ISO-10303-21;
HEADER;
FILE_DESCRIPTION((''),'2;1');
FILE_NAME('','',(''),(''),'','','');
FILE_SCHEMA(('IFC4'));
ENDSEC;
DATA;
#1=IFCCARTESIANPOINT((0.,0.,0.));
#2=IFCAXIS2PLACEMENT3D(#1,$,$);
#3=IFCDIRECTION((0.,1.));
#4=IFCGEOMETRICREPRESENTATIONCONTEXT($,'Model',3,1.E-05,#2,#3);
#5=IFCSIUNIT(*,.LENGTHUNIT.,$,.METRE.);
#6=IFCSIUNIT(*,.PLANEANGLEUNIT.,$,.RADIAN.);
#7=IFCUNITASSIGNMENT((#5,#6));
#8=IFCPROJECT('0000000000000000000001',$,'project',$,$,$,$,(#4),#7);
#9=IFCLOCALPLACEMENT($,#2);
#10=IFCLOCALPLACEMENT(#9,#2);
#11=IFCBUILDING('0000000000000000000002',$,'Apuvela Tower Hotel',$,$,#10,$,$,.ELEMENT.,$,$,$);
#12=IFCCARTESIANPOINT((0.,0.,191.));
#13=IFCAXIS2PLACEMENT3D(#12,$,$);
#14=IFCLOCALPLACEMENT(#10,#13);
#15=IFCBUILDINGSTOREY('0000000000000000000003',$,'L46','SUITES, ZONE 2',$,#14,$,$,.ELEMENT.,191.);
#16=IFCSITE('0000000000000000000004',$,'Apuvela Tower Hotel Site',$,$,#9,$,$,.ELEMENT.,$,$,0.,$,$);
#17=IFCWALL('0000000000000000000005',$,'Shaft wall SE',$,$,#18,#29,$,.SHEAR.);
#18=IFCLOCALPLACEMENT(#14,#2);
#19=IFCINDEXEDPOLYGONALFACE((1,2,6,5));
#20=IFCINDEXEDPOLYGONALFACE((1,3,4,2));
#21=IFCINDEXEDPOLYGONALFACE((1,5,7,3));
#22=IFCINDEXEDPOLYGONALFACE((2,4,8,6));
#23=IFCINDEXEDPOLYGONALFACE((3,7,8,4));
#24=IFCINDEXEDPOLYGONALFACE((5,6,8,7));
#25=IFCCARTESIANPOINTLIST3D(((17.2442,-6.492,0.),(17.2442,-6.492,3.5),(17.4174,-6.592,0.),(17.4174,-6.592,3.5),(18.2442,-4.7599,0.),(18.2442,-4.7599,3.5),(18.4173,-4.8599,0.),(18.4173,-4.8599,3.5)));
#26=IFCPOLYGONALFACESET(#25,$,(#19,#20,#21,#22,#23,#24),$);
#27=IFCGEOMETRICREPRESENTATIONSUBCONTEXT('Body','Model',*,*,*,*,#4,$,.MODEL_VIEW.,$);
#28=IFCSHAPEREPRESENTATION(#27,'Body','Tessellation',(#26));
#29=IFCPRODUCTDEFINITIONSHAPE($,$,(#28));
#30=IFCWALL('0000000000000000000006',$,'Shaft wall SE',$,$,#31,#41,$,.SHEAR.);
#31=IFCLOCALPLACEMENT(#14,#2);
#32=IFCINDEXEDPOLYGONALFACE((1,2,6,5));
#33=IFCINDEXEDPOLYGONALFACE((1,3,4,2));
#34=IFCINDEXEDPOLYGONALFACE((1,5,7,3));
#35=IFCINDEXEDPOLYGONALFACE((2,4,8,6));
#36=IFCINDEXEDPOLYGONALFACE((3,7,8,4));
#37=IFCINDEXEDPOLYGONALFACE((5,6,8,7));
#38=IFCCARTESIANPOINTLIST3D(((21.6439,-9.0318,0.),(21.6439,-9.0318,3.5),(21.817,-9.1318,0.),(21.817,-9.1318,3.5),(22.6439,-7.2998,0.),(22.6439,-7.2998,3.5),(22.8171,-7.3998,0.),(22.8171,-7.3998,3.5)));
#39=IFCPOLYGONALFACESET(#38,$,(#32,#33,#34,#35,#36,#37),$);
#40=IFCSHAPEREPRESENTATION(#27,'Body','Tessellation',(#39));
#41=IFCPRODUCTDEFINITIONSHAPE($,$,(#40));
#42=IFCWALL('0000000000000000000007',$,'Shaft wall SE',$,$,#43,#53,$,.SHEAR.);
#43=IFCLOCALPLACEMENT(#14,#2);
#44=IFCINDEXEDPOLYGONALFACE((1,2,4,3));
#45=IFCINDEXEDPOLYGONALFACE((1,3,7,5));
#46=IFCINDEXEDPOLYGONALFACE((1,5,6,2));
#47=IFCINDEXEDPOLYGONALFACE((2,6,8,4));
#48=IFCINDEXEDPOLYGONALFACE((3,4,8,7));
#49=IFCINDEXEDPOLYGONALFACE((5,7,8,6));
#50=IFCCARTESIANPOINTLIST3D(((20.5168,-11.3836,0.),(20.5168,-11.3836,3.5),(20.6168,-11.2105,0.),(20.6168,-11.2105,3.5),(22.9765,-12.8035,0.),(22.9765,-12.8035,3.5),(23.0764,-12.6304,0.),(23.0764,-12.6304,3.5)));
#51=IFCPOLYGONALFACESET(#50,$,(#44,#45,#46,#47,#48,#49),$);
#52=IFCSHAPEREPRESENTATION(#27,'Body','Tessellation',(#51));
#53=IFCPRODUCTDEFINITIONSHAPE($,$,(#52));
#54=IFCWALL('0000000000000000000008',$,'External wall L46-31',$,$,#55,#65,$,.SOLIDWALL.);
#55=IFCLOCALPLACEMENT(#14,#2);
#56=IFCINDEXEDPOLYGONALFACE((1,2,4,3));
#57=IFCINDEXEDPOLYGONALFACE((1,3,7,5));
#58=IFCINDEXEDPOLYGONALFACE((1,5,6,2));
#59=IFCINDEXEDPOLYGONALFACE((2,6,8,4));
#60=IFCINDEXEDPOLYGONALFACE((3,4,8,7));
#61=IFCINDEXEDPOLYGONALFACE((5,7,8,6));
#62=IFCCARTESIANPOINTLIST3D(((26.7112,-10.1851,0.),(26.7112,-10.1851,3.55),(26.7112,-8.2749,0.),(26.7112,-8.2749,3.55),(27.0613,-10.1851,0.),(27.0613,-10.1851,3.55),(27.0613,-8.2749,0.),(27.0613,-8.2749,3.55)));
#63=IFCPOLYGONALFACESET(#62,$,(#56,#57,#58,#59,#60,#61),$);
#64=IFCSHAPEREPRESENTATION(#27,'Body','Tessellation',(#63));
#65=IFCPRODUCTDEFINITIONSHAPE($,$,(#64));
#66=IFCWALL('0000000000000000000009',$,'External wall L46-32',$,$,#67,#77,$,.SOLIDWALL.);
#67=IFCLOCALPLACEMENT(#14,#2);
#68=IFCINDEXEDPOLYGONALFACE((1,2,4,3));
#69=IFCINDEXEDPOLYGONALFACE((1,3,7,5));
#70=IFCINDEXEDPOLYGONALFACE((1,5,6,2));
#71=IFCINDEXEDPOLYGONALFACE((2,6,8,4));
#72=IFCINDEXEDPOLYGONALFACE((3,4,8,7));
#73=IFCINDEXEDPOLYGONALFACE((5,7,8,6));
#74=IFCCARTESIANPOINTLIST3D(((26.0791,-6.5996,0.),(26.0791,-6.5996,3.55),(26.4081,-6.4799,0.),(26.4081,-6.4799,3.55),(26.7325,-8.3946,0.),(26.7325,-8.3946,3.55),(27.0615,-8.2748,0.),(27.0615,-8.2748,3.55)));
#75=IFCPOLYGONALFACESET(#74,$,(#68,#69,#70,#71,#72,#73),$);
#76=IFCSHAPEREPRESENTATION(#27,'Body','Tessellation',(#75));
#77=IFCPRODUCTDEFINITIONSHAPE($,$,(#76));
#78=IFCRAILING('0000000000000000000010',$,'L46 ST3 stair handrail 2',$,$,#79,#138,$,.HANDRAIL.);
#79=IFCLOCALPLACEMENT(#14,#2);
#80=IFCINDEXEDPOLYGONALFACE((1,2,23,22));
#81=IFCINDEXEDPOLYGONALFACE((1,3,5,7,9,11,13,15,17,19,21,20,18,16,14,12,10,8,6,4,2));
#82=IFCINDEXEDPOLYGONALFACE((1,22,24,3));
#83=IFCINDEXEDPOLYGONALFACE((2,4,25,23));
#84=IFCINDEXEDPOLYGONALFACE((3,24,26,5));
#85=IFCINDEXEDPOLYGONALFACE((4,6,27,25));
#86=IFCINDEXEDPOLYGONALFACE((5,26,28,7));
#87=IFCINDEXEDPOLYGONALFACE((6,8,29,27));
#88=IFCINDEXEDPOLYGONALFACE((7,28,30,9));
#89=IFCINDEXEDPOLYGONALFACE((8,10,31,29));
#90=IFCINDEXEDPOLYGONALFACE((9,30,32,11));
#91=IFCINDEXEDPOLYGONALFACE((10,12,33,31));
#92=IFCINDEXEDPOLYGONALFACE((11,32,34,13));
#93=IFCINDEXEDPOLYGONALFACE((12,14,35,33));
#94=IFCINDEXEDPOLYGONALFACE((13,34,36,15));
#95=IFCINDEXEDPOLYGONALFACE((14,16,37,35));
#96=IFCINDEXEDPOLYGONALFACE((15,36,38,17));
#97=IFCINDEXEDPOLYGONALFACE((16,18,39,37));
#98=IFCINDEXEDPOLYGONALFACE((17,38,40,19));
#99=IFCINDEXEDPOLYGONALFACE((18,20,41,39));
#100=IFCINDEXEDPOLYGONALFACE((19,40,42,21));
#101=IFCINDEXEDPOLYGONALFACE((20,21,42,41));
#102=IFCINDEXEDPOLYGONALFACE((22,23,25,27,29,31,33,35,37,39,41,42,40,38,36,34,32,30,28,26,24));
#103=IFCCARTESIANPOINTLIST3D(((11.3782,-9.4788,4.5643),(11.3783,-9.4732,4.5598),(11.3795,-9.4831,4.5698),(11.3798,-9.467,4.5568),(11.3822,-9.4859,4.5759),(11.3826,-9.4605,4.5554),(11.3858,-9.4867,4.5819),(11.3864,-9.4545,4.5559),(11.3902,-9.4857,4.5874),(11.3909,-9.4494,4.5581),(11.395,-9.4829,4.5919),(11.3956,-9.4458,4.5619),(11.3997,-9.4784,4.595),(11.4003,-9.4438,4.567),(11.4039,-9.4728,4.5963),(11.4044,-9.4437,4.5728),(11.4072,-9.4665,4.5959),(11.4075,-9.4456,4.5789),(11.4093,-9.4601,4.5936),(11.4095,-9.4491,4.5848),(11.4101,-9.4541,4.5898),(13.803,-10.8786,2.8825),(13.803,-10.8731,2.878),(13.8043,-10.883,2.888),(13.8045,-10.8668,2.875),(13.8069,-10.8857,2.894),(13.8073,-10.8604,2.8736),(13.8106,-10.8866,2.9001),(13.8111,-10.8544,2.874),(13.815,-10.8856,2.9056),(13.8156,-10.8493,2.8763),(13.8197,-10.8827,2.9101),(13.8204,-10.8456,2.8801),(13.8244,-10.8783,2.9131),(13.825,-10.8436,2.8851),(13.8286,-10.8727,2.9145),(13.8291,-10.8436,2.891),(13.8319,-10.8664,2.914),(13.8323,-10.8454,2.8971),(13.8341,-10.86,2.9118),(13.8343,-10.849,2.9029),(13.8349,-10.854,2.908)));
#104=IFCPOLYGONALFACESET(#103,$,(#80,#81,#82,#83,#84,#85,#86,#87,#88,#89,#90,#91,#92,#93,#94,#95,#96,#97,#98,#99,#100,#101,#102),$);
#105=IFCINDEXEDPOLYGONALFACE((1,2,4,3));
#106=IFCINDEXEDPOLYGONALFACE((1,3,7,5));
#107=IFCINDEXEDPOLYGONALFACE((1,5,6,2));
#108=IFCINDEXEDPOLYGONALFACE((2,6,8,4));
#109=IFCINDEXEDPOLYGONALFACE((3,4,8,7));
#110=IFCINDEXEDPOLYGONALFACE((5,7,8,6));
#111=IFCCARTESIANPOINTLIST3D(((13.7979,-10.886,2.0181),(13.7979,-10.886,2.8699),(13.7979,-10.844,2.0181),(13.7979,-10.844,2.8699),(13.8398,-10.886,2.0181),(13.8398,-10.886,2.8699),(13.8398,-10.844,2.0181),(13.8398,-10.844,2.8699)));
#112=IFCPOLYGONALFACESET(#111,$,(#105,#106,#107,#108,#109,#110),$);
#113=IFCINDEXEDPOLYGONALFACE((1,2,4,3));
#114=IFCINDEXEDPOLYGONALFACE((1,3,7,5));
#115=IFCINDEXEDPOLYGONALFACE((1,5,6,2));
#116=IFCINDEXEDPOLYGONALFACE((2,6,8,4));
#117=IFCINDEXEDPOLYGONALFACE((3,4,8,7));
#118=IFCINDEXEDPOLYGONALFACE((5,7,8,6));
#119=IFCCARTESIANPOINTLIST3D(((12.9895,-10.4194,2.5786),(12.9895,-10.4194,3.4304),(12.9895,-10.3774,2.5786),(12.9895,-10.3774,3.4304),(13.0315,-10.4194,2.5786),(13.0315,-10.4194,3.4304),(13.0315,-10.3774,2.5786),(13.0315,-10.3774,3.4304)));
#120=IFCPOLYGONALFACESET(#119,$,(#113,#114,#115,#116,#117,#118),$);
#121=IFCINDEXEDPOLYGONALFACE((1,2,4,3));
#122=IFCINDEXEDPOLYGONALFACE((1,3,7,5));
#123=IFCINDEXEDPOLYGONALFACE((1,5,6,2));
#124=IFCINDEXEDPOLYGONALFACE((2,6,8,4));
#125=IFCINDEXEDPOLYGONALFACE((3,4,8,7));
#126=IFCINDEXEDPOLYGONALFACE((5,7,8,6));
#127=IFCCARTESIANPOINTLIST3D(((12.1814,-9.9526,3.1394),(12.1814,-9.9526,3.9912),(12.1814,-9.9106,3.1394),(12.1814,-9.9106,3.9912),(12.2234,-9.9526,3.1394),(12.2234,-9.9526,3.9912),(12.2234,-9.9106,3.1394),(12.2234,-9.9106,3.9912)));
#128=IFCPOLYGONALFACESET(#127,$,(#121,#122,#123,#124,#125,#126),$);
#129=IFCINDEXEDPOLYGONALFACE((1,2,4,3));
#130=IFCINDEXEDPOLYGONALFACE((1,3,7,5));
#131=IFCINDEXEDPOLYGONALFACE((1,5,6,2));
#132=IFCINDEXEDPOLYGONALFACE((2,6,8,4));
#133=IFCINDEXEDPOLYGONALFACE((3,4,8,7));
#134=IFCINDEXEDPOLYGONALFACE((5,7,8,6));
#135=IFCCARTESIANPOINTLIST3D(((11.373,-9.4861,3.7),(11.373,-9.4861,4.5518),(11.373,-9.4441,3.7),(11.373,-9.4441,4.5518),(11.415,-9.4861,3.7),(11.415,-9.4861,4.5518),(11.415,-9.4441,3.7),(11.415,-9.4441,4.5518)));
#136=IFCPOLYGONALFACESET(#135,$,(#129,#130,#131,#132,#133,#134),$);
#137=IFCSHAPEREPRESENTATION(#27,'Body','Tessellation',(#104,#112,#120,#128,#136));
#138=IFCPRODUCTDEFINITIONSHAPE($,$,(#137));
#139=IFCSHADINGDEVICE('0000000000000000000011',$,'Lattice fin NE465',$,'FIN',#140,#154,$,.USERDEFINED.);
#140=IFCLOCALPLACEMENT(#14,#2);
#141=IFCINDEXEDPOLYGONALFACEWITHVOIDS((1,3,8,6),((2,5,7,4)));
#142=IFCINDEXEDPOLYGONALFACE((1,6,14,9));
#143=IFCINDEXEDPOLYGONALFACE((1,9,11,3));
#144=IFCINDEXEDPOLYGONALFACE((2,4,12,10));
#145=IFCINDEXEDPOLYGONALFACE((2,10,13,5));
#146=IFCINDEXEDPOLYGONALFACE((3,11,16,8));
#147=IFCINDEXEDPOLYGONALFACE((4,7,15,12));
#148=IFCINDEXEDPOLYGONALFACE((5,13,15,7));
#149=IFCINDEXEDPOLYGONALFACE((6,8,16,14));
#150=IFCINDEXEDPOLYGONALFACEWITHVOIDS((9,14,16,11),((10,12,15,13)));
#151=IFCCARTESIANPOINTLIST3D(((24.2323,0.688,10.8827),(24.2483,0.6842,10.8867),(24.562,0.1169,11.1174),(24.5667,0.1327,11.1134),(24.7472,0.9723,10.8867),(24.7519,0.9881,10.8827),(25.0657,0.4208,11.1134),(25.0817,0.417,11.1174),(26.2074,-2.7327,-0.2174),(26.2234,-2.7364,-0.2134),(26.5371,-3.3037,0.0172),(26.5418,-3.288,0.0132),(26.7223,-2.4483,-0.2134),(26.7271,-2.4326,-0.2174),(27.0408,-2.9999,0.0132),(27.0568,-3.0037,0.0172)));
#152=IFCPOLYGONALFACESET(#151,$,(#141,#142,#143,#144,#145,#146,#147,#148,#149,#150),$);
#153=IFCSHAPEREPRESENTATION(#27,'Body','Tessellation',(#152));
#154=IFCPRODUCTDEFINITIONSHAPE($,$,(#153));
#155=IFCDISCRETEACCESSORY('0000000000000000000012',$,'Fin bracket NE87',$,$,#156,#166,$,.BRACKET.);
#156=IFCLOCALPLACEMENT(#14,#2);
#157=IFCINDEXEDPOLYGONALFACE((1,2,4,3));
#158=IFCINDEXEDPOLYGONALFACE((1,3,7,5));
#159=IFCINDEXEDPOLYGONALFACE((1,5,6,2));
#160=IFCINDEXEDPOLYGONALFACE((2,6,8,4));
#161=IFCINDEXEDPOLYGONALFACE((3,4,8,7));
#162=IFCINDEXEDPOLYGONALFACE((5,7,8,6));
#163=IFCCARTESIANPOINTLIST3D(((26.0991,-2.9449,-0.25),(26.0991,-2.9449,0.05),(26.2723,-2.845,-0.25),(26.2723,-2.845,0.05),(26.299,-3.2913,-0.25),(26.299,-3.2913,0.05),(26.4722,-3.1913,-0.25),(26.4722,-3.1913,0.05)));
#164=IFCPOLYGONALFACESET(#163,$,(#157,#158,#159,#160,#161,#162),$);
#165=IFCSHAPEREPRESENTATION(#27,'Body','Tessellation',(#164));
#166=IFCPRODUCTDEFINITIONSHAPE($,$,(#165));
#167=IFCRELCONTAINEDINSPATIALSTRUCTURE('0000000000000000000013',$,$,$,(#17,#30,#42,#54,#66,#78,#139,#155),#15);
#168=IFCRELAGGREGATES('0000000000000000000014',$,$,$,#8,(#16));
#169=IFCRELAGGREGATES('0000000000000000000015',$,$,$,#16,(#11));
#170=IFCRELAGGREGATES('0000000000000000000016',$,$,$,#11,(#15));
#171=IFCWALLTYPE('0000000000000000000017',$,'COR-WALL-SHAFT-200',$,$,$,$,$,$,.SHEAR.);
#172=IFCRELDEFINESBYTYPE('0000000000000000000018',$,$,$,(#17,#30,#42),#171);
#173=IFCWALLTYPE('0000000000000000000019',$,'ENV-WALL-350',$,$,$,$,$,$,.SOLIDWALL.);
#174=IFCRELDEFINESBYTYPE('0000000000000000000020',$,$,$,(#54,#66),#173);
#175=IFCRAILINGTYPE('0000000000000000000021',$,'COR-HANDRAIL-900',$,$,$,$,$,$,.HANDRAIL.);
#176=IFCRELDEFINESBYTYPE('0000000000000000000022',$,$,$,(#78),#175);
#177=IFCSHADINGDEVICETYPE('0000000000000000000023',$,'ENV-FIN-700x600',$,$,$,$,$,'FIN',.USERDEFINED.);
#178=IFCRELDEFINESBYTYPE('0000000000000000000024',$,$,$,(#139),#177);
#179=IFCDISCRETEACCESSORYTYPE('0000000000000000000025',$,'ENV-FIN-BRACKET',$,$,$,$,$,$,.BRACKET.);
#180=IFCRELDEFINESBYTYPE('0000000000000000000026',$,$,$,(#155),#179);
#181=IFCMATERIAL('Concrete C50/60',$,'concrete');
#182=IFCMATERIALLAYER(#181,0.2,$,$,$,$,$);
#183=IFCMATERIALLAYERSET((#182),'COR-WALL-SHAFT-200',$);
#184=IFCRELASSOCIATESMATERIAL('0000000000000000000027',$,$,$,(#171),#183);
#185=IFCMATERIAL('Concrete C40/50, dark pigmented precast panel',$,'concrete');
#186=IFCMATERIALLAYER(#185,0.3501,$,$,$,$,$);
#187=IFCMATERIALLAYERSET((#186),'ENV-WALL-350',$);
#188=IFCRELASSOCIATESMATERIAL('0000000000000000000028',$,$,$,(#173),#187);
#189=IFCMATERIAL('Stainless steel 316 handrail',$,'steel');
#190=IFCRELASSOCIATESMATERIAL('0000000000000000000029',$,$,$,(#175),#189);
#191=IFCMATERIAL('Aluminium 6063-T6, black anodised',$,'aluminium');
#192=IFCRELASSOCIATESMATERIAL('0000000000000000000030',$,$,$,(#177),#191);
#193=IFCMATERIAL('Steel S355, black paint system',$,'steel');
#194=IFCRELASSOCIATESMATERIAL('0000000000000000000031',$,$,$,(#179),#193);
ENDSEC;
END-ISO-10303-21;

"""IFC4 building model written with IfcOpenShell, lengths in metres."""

from ifc_helpers import new_model, si_unit, direction, frame, frame_2d, origin, origin_2d, place, context, subcontext, project, spatial, rectangle, hollow_rectangle, circle, extrude, material, layer, layer_set, material_profile, profile_set, type_object, element, save


model = new_model("IFC4")

# Units and contexts
model_context = context("Model", 3, precision=1e-05, world=origin(), true_north=direction((0.0, 1.0)))
body_context = subcontext(model_context, "Body", "Model", "MODEL_VIEW")
ifc_project = project(units=[si_unit("LENGTHUNIT", "METRE"), si_unit("PLANEANGLEUNIT", "RADIAN")], contexts=[model_context])

# Site, building, storey
site_placement = place(None, origin())
site = spatial("IfcSite", under=ifc_project, at=site_placement, Name="Apuvela Tower Hotel Site", CompositionType="ELEMENT", RefElevation=0.0)
building_placement = place(site_placement, origin())
building = spatial("IfcBuilding", under=site, at=building_placement, Name="Apuvela Tower Hotel", CompositionType="ELEMENT")
storey_placement = place(building_placement, frame((0.0, 0.0, 191.0)))
storey = spatial("IfcBuildingStorey", under=building, at=storey_placement, Name="L46", Description="SUITES, ZONE 2", CompositionType="ELEMENT", Elevation=191.0)

# Walls
ifc_material_1 = material(Name="Concrete C50/60", Category="concrete")
ifc_layer_1 = layer(ifc_material_1, 0.2)
ifc_layer_set_1 = layer_set([ifc_layer_1], Name="COR-WALL-SHAFT-200")
wall_type_1 = type_object("IfcWallType", Name="COR-WALL-SHAFT-200", PredefinedType="SHEAR", material=ifc_layer_set_1)
for number, where, z_axis, x_axis, name in (
    (1, (17.3308, -6.542, 0.0), (0.0, 0.0, 1.0), (0.499973, 0.866041, 0.0), "Shaft wall SE"),
    (2, (21.7305, -9.0818, 0.0), (0.0, 0.0, 1.0), (0.500025, 0.866011, 0.0), "Shaft wall SE"),
):
    element("IfcWall", number, at=place(storey_placement, frame(where, z_axis=z_axis, x_axis=x_axis)), inside=storey, type_object=wall_type_1, Name=name, PredefinedType="SHEAR", context=body_context, shape_type="SweptSolid", body=[
        extrude(rectangle(XDim=2.0, YDim=0.2, at=frame_2d((1.0, 0.0))), origin(), (0.0, 0.0, 1.0), 3.5),
    ])
wall_1_placement = place(storey_placement, frame((20.5669, -11.2971, 0.0), z_axis=(0.0, 0.0, 1.0), x_axis=(0.866055, -0.499948, 0.0)))
element("IfcWall", 3, at=wall_1_placement, inside=storey, type_object=wall_type_1, Name="Shaft wall SE", PredefinedType="SHEAR", context=body_context, shape_type="SweptSolid", body=[
    extrude(rectangle(XDim=2.8401, YDim=0.2, at=frame_2d((1.4199, 0.0))), origin(), (0.0, 0.0, 1.0), 3.5),
])
ifc_material_2 = material(Name="Concrete C40/50, dark pigmented precast panel", Category="concrete")
ifc_layer_2 = layer(ifc_material_2, 0.3501)
ifc_layer_set_2 = layer_set([ifc_layer_2], Name="ENV-WALL-350")
wall_type_2 = type_object("IfcWallType", Name="ENV-WALL-350", PredefinedType="SOLIDWALL", material=ifc_layer_set_2)
for number, where, z_axis, x_axis, name in (
    (4, (26.8862, -10.1851, 0.0), (0.0, 0.0, 1.0), (0.0, 1.0, 0.0), "External wall L46-31"),
    (5, (26.897, -8.3347, 0.0), (0.0, 0.0, 1.0), (-0.34203, 0.939689, 0.0), "External wall L46-32"),
):
    element("IfcWall", number, at=place(storey_placement, frame(where, z_axis=z_axis, x_axis=x_axis)), inside=storey, type_object=wall_type_2, Name=name, PredefinedType="SOLIDWALL", context=body_context, shape_type="SweptSolid", body=[
        extrude(rectangle(XDim=1.9102, YDim=0.3501, at=frame_2d((0.9551, 0.0))), origin(), (0.0, 0.0, 1.0), 3.55),
    ])

# Railing
ifc_material_3 = material(Name="Stainless steel 316 handrail", Category="steel")
railing_type_1 = type_object("IfcRailingType", Name="COR-HANDRAIL-900", PredefinedType="HANDRAIL", material=ifc_material_3)
railing_1_placement = place(storey_placement, frame((13.8188, -10.865, 2.0181)))
element("IfcRailing", 6, at=railing_1_placement, inside=storey, type_object=railing_type_1, Name="L46 ST3 stair handrail 2", PredefinedType="HANDRAIL", context=body_context, shape_type="SweptSolid", body=[
    extrude(circle(Radius=0.0239, at=origin_2d()), frame((0.0, 0.0, 0.876), z_axis=(-0.74239, 0.428601, 0.514934), x_axis=(-0.499984, -0.866035, 0.0)), (0.0, 0.0, 1.0), 3.2661),
    extrude(rectangle(XDim=0.042, YDim=0.042, at=origin_2d()), origin(), (0.0, 0.0, 1.0), 0.8518),
    extrude(rectangle(XDim=0.042, YDim=0.042, at=origin_2d()), frame((-0.8083, 0.4666, 0.5605)), (0.0, 0.0, 1.0), 0.8518),
    extrude(rectangle(XDim=0.042, YDim=0.042, at=origin_2d()), frame((-1.6165, 0.9333, 1.1213)), (0.0, 0.0, 1.0), 0.8518),
    extrude(rectangle(XDim=0.042, YDim=0.042, at=origin_2d()), frame((-2.4248, 1.3999, 1.6819)), (0.0, 0.0, 1.0), 0.8518),
])

# Shading device
ifc_material_4 = material(Name="Aluminium 6063-T6, black anodised", Category="aluminium")
ifc_material_profile_1 = material_profile(ifc_material_4, hollow_rectangle(XDim=0.6001, YDim=0.7, WallThickness=0.012, at=origin_2d()), Name="AL BOX 700x600x12")
ifc_profile_set_1 = profile_set([ifc_material_profile_1], Name="Aluminium 6063-T6, black anodised")
shading_device_type = type_object("IfcShadingDeviceType", Name="ENV-FIN-700x600", ElementType="FIN", PredefinedType="USERDEFINED", material=ifc_profile_set_1)
shading_device_placement = place(storey_placement, frame((26.6321, -2.8682, -0.1001), z_axis=(-0.167638, 0.29033, 0.942128), x_axis=(-0.866005, -0.500035, 0.0)))
element("IfcShadingDevice", 7, at=shading_device_placement, inside=storey, type_object=shading_device_type, Name="Lattice fin NE465", ObjectType="FIN", PredefinedType="USERDEFINED", context=body_context, shape_type="SweptSolid", body=[
    extrude(hollow_rectangle(XDim=0.6001, YDim=0.7, WallThickness=0.012, at=origin_2d()), origin(), (0.0, 0.0, 1.0), 11.782),
])

# Discrete accessory
ifc_material_5 = material(Name="Steel S355, black paint system", Category="steel")
discrete_accessory_type = type_object("IfcDiscreteAccessoryType", Name="ENV-FIN-BRACKET", PredefinedType="BRACKET", material=ifc_material_5)
discrete_accessory_placement = place(storey_placement, frame((26.2856, -3.0681, -0.25), z_axis=(0.0, 0.0, 1.0), x_axis=(-0.5, 0.866025, 0.0)))
element("IfcDiscreteAccessory", 8, at=discrete_accessory_placement, inside=storey, type_object=discrete_accessory_type, Name="Fin bracket NE87", PredefinedType="BRACKET", context=body_context, shape_type="SweptSolid", body=[
    extrude(rectangle(XDim=0.3999, YDim=0.2, at=origin_2d()), origin(), (0.0, 0.0, 1.0), 0.3),
])

save(model, "model.ifc")
